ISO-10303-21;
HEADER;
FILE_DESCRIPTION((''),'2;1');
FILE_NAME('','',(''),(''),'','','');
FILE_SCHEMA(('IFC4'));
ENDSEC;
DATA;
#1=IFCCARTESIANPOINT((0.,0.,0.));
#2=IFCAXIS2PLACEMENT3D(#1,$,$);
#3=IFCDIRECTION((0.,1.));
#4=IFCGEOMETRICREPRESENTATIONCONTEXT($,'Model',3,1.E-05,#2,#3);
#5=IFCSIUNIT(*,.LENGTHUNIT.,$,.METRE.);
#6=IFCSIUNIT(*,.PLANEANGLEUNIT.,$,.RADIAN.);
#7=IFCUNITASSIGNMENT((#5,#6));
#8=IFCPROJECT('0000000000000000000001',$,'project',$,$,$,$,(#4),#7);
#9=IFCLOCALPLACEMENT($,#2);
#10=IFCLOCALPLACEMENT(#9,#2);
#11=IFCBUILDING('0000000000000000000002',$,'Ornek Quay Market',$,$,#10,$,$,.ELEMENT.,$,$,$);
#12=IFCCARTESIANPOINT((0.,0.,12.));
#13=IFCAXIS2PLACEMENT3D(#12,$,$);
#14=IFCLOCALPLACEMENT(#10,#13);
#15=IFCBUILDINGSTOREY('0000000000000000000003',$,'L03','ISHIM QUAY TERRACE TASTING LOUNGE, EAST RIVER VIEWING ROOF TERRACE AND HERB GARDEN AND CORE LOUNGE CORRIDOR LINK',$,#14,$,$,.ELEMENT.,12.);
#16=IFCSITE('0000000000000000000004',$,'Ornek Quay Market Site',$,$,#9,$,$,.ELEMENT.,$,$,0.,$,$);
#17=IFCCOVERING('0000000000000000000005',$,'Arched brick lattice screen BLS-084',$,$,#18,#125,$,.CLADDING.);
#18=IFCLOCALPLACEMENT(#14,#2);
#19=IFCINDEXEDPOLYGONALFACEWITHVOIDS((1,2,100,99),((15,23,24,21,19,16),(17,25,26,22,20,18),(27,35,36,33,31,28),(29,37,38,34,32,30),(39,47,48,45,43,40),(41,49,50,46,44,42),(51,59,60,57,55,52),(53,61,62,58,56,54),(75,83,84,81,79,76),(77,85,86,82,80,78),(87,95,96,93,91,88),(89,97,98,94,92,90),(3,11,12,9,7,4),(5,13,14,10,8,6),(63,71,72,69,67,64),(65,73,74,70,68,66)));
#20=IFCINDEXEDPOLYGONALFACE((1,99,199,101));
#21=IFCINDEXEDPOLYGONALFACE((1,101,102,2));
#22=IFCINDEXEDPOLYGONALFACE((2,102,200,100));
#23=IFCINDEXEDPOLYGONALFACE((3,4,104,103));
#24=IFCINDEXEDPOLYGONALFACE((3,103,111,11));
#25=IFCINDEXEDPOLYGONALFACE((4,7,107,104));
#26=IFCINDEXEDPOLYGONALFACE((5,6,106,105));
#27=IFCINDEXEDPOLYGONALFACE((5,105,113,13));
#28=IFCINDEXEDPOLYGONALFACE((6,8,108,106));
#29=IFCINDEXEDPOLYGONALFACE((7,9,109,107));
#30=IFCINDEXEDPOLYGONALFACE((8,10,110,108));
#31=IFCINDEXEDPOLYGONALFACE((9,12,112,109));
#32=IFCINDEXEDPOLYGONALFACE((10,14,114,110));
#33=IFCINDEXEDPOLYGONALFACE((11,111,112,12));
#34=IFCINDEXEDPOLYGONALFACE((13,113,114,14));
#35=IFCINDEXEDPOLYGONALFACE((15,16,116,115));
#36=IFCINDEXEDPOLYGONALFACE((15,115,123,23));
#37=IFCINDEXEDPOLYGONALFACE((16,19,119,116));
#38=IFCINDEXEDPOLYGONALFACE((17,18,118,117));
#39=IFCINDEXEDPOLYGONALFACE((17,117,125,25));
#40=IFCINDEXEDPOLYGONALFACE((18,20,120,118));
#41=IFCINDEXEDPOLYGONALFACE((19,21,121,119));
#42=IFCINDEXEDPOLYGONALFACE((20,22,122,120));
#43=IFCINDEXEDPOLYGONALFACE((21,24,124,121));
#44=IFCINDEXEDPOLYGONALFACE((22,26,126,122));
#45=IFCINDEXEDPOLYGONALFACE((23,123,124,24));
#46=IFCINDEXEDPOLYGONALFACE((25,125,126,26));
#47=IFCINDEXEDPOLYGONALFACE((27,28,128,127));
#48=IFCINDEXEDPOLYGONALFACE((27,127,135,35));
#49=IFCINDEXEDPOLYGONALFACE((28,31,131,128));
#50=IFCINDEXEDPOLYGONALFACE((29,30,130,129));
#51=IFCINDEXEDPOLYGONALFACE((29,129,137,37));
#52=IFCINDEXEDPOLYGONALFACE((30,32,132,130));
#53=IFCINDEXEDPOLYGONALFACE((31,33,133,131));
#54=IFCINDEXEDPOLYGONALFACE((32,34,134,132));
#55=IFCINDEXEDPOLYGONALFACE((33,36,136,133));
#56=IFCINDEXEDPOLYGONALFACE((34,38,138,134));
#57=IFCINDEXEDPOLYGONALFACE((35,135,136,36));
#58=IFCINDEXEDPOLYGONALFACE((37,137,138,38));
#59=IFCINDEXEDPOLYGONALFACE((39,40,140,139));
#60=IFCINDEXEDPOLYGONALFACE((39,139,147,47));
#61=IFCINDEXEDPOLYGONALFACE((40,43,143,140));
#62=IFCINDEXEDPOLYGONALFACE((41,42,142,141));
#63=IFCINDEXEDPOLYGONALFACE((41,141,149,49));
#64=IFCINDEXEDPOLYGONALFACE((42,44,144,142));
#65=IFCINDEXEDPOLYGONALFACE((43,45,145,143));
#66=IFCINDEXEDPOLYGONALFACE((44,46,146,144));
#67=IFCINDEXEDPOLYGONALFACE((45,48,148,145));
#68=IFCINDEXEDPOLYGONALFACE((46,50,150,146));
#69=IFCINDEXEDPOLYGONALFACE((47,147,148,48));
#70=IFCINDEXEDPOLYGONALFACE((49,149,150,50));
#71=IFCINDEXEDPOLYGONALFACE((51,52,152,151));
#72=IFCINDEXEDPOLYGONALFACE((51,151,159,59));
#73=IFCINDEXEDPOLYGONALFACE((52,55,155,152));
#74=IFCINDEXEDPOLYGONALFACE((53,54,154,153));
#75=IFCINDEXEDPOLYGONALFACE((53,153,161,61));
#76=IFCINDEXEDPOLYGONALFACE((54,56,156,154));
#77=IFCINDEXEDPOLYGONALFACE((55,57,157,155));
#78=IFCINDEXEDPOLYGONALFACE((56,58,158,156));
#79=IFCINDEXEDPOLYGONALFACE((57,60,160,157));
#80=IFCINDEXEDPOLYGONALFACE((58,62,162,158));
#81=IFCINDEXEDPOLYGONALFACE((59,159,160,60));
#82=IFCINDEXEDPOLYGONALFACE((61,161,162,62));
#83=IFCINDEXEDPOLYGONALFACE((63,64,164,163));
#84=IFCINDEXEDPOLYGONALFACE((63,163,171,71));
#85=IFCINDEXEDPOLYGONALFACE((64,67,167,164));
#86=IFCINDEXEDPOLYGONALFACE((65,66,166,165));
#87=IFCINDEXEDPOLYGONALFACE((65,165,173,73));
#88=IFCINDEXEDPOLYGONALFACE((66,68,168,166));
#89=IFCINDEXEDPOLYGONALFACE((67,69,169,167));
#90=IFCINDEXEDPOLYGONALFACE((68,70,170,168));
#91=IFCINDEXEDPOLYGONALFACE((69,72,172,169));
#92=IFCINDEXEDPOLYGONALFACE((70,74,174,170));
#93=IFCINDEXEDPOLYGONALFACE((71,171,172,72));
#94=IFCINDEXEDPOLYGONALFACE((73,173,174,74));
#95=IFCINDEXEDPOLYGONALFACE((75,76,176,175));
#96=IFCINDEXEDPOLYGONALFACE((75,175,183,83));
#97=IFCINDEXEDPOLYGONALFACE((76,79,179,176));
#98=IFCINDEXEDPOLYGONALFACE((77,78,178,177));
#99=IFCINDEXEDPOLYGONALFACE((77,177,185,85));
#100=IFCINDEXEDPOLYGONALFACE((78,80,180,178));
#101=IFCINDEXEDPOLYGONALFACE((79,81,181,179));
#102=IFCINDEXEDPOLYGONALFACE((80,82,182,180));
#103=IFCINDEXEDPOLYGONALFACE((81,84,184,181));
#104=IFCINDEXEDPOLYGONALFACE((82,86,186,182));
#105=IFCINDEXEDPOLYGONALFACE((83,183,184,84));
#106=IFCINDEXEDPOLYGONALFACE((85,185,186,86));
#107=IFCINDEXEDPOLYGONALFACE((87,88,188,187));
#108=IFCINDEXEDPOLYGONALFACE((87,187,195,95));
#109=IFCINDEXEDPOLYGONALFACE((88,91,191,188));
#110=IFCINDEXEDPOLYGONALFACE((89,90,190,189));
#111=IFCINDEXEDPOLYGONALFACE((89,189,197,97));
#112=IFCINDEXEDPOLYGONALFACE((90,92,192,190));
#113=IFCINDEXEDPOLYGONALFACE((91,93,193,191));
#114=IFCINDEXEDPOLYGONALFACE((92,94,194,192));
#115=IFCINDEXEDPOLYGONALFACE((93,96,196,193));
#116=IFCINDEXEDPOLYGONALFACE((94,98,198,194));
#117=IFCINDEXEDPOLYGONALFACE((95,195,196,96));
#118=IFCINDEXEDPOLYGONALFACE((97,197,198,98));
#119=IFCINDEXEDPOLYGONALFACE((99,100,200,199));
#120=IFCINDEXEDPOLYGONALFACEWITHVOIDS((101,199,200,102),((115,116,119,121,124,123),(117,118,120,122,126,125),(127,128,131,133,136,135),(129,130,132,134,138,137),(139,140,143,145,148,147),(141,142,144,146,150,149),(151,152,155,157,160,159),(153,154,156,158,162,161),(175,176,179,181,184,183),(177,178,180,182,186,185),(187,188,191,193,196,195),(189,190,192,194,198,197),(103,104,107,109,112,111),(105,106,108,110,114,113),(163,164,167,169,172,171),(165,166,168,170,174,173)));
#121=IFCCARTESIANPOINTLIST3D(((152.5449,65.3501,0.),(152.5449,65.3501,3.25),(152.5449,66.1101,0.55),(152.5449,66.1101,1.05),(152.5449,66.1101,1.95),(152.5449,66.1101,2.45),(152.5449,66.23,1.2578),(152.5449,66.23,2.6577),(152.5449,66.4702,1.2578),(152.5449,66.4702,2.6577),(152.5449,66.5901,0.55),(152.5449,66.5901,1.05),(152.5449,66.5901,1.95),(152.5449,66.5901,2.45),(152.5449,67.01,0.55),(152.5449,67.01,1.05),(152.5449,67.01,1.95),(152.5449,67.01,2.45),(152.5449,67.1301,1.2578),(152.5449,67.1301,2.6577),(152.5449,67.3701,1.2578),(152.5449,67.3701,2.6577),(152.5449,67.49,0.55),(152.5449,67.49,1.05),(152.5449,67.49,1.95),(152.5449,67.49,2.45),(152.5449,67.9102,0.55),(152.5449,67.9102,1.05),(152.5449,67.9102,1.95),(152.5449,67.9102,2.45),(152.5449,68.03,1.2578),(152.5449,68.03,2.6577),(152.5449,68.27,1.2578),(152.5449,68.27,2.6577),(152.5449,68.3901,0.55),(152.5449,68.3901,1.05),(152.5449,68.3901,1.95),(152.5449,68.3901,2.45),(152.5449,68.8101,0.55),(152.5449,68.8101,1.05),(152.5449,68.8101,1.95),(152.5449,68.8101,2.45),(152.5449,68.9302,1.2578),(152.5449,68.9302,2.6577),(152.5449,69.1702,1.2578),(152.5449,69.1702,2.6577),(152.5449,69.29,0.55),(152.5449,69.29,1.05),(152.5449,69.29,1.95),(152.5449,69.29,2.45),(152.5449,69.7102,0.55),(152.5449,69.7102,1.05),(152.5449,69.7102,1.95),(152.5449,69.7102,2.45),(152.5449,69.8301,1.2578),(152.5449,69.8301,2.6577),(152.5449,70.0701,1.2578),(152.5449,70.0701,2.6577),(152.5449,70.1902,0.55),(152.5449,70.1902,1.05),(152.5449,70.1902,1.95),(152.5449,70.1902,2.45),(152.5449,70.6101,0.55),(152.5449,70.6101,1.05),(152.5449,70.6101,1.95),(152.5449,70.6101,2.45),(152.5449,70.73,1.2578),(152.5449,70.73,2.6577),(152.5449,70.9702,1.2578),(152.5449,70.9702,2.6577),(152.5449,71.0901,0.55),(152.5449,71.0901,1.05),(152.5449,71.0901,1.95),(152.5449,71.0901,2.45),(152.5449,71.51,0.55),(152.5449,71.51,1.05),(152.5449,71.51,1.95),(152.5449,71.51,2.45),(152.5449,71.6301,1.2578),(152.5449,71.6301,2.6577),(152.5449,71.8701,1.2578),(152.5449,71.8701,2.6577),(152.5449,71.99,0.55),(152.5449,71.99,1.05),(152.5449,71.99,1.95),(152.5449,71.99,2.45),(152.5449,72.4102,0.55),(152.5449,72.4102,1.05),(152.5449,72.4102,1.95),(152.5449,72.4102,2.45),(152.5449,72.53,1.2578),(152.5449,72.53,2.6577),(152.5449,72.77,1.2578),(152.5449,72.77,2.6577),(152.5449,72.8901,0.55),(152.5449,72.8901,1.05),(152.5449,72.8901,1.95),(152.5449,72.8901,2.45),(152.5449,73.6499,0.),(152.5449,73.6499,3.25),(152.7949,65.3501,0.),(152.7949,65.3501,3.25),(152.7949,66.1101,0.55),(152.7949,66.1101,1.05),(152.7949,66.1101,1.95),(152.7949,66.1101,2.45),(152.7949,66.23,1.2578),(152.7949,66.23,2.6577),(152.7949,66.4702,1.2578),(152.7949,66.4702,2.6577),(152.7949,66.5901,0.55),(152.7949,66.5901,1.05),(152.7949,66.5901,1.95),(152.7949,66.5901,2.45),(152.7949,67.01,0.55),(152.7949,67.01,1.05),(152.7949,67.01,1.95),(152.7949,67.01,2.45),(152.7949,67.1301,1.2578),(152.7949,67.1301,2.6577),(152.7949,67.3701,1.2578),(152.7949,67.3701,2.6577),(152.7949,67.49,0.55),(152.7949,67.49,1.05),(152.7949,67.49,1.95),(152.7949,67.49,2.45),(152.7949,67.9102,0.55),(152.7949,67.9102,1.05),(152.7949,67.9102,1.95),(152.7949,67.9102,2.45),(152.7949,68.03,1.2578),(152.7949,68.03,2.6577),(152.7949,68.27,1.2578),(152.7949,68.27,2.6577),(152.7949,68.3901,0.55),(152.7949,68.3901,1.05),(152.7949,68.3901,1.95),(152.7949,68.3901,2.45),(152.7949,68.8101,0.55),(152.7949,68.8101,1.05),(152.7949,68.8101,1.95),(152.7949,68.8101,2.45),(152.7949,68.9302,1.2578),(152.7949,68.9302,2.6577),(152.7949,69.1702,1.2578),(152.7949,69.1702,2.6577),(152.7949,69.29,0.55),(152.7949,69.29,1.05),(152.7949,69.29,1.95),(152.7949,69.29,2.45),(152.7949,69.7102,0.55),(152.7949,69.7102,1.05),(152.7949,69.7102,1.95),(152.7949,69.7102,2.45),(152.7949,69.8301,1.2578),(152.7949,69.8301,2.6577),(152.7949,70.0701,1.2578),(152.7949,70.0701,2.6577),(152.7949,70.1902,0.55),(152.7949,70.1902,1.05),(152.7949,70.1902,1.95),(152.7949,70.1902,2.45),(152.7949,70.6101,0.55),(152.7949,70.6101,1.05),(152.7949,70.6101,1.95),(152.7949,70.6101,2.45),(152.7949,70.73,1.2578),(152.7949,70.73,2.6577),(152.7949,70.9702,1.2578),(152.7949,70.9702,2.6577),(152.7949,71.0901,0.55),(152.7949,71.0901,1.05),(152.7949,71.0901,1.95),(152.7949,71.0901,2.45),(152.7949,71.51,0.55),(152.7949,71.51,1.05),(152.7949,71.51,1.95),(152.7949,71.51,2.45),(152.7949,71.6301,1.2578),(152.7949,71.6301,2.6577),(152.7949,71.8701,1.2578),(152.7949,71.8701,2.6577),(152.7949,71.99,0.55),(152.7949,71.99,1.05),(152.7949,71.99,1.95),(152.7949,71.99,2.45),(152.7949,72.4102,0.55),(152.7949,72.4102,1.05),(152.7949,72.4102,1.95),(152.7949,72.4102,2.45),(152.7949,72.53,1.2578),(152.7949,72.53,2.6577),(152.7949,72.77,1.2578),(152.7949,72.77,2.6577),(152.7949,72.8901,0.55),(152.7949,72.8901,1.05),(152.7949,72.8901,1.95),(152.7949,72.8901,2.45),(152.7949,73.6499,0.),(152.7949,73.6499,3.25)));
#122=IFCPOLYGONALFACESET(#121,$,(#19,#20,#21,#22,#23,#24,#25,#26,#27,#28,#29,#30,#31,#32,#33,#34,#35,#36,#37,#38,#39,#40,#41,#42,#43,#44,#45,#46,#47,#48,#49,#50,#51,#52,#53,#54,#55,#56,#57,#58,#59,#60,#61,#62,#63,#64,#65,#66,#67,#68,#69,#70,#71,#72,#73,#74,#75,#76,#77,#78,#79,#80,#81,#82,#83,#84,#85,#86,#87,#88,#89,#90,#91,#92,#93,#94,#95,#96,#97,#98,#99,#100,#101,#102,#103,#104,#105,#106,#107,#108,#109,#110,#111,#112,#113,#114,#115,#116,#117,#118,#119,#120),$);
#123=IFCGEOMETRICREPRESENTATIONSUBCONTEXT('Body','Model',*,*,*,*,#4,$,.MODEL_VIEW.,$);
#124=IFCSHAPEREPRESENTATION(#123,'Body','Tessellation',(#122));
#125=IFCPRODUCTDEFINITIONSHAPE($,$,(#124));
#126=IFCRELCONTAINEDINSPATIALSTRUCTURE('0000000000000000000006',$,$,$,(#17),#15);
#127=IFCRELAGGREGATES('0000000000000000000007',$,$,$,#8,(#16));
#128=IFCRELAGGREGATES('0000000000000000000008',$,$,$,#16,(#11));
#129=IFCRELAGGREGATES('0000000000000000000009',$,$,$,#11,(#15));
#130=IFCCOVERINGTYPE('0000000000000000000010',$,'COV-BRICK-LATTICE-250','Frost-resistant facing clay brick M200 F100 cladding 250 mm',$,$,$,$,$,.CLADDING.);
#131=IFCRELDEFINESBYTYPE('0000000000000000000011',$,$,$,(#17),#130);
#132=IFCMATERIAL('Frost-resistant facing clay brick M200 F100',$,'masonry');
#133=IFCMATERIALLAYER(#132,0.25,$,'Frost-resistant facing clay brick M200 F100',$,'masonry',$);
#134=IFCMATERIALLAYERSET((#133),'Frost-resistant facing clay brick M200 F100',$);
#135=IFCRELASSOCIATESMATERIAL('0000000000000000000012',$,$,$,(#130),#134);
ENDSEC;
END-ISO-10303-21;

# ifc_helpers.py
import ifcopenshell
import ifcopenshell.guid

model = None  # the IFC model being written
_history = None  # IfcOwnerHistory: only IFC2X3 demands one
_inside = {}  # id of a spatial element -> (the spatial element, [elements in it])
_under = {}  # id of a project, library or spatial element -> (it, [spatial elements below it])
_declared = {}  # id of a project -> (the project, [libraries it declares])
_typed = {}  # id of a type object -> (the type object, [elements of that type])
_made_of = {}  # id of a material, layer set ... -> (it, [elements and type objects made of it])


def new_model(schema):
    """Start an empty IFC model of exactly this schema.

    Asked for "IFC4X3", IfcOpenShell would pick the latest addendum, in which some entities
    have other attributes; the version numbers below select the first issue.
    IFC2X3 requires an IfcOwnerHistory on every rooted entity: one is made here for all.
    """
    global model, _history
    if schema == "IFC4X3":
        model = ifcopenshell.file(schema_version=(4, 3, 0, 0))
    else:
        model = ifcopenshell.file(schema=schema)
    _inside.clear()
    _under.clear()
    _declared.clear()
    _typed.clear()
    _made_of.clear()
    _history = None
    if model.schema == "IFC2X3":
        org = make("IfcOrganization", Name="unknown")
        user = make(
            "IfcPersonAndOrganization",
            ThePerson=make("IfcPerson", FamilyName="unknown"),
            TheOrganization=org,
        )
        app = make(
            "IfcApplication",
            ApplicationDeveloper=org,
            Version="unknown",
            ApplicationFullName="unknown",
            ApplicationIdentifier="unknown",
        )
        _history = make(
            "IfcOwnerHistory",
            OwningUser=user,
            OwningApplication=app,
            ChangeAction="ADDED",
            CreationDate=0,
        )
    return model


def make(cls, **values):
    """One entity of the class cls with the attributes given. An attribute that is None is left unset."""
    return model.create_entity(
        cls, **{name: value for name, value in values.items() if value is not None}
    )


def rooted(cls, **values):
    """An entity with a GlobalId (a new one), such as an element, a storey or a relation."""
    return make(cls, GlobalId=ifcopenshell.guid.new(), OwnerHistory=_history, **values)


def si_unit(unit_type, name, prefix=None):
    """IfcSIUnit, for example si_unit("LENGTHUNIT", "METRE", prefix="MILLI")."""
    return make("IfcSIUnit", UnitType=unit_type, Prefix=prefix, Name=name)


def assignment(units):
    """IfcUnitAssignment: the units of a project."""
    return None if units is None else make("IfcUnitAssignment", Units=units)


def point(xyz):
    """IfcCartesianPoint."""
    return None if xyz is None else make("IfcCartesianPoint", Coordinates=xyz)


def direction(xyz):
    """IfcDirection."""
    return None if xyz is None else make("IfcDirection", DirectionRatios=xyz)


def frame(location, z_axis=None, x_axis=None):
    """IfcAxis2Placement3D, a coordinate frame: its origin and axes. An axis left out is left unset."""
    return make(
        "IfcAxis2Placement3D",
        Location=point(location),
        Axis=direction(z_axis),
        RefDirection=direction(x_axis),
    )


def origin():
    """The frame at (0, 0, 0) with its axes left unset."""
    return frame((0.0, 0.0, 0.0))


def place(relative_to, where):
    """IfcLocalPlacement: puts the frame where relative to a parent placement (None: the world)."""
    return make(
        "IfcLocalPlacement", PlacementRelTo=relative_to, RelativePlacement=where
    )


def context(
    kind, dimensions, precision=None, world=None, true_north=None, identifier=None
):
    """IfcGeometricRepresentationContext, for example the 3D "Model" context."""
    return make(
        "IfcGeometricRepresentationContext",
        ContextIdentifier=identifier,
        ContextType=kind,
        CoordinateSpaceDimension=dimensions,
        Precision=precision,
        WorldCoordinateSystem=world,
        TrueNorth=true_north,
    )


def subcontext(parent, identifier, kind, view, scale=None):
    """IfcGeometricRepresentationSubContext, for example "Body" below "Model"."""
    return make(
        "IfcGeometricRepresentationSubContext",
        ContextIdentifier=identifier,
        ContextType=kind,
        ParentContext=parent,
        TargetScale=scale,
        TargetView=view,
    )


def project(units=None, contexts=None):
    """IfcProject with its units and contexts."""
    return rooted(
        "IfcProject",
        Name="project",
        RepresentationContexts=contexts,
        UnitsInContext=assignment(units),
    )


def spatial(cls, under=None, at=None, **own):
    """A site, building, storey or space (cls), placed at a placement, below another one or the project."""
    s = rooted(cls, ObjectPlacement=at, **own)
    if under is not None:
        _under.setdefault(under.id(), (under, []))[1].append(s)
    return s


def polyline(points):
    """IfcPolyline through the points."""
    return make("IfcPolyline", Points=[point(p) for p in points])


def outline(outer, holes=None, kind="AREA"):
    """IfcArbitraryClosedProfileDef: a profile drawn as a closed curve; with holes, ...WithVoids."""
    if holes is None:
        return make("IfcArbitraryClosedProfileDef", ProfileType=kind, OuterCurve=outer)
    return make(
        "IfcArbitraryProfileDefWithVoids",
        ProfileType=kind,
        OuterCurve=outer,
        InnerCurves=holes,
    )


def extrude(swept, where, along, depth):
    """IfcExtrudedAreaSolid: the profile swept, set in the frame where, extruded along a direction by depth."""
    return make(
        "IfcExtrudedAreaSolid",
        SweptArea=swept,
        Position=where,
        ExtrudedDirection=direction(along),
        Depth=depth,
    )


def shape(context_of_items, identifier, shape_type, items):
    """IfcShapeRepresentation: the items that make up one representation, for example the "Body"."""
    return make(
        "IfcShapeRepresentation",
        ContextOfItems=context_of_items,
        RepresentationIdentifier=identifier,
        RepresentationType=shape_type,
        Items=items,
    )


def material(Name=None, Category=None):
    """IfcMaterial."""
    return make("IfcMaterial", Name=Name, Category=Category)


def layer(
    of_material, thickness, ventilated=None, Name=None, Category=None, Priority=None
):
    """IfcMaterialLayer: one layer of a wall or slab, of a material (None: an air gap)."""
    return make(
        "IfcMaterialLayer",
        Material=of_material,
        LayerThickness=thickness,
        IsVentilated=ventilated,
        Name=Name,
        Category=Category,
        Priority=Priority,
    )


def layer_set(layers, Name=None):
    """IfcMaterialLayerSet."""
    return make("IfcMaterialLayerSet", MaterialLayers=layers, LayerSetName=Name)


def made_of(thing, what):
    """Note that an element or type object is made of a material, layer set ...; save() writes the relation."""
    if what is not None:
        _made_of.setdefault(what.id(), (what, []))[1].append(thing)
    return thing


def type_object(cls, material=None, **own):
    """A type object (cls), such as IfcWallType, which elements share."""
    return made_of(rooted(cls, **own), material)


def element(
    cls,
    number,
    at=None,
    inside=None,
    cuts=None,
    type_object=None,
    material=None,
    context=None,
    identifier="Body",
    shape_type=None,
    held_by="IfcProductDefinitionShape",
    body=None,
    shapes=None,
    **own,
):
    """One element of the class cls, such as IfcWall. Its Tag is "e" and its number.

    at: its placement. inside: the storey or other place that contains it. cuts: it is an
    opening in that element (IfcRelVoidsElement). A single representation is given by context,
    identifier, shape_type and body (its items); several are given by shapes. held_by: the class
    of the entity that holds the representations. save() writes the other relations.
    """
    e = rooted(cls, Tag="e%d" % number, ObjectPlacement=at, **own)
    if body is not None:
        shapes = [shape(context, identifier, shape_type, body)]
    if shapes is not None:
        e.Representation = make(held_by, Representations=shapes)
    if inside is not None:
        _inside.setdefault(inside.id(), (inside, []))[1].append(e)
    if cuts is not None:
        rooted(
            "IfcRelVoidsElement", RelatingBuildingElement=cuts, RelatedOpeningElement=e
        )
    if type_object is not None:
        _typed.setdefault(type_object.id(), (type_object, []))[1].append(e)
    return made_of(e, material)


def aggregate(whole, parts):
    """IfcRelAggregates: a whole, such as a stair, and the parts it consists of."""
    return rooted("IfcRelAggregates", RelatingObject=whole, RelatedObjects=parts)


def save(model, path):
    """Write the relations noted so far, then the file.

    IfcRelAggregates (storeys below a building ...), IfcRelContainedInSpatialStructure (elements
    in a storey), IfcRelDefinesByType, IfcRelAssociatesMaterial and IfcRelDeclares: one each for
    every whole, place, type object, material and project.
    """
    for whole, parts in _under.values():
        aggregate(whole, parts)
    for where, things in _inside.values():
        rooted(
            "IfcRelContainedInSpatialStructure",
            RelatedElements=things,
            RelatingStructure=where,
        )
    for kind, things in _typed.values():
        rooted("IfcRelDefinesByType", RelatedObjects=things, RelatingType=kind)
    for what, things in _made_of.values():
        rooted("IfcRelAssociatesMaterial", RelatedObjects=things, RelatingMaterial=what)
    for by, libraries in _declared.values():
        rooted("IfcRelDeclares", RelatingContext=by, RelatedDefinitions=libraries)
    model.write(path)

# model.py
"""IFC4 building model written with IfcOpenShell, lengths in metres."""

from ifc_helpers import new_model, si_unit, direction, frame, origin, place, context, subcontext, project, spatial, polyline, outline, extrude, material, layer, layer_set, type_object, element, save


model = new_model("IFC4")

# Units and contexts
model_context = context("Model", 3, precision=1e-05, world=origin(), true_north=direction((0.0, 1.0)))
body_context = subcontext(model_context, "Body", "Model", "MODEL_VIEW")
ifc_project = project(units=[si_unit("LENGTHUNIT", "METRE"), si_unit("PLANEANGLEUNIT", "RADIAN")], contexts=[model_context])

# Site, building, storey
site_placement = place(None, origin())
site = spatial("IfcSite", under=ifc_project, at=site_placement, Name="Ornek Quay Market Site", CompositionType="ELEMENT", RefElevation=0.0)
building_placement = place(site_placement, origin())
building = spatial("IfcBuilding", under=site, at=building_placement, Name="Ornek Quay Market", CompositionType="ELEMENT")
storey_placement = place(building_placement, frame((0.0, 0.0, 12.0)))
storey = spatial("IfcBuildingStorey", under=building, at=storey_placement, Name="L03", Description="ISHIM QUAY TERRACE TASTING LOUNGE, EAST RIVER VIEWING ROOF TERRACE AND HERB GARDEN AND CORE LOUNGE CORRIDOR LINK", CompositionType="ELEMENT", Elevation=12.0)

# Shared definitions
ifc_material_1 = material(Name="Frost-resistant facing clay brick M200 F100", Category="masonry")

# Covering
ifc_layer_1 = layer(ifc_material_1, 0.25, Name="Frost-resistant facing clay brick M200 F100", Category="masonry")
ifc_layer_set_1 = layer_set([ifc_layer_1], Name="Frost-resistant facing clay brick M200 F100")
covering_type = type_object("IfcCoveringType", Name="COV-BRICK-LATTICE-250", Description="Frost-resistant facing clay brick M200 F100 cladding 250 mm", PredefinedType="CLADDING", material=ifc_layer_set_1)
covering_1_placement = place(storey_placement, frame((152.6699, 65.3501, 0.0), z_axis=(0.0, 0.0, 1.0), x_axis=(0.0, 1.0, 0.0)))
element("IfcCovering", 1, at=covering_1_placement, inside=storey, type_object=covering_type, Name="Arched brick lattice screen BLS-084", PredefinedType="CLADDING", context=body_context, shape_type="SweptSolid", body=[
    extrude(outline(polyline([(0.0, 0.0), (8.2998, 0.0), (8.2998, 3.25), (0.0, 3.25), (0.0, 0.0)]), holes=[polyline([(0.76, 0.55), (1.24, 0.55), (1.24, 1.05), (1.1201, 1.2578), (0.8799, 1.2578), (0.76, 1.05), (0.76, 0.55)]), polyline([(0.76, 1.95), (1.24, 1.95), (1.24, 2.45), (1.1201, 2.6577), (0.8799, 2.6577), (0.76, 2.45), (0.76, 1.95)]), polyline([(1.6599, 0.55), (2.1399, 0.55), (2.1399, 1.05), (2.02, 1.2578), (1.78, 1.2578), (1.6599, 1.05), (1.6599, 0.55)]), polyline([(1.6599, 1.95), (2.1399, 1.95), (2.1399, 2.45), (2.02, 2.6577), (1.78, 2.6577), (1.6599, 2.45), (1.6599, 1.95)]), polyline([(2.5601, 0.55), (3.04, 0.55), (3.04, 1.05), (2.9199, 1.2578), (2.6799, 1.2578), (2.5601, 1.05), (2.5601, 0.55)]), polyline([(2.5601, 1.95), (3.04, 1.95), (3.04, 2.45), (2.9199, 2.6577), (2.6799, 2.6577), (2.5601, 2.45), (2.5601, 1.95)]), polyline([(3.46, 0.55), (3.9399, 0.55), (3.9399, 1.05), (3.8201, 1.2578), (3.5801, 1.2578), (3.46, 1.05), (3.46, 0.55)]), polyline([(3.46, 1.95), (3.9399, 1.95), (3.9399, 2.45), (3.8201, 2.6577), (3.5801, 2.6577), (3.46, 2.45), (3.46, 1.95)]), polyline([(4.3601, 0.55), (4.8401, 0.55), (4.8401, 1.05), (4.72, 1.2578), (4.48, 1.2578), (4.3601, 1.05), (4.3601, 0.55)]), polyline([(4.3601, 1.95), (4.8401, 1.95), (4.8401, 2.45), (4.72, 2.6577), (4.48, 2.6577), (4.3601, 2.45), (4.3601, 1.95)]), polyline([(5.26, 0.55), (5.74, 0.55), (5.74, 1.05), (5.6201, 1.2578), (5.3799, 1.2578), (5.26, 1.05), (5.26, 0.55)]), polyline([(5.26, 1.95), (5.74, 1.95), (5.74, 2.45), (5.6201, 2.6577), (5.3799, 2.6577), (5.26, 2.45), (5.26, 1.95)]), polyline([(6.1599, 0.55), (6.6399, 0.55), (6.6399, 1.05), (6.52, 1.2578), (6.28, 1.2578), (6.1599, 1.05), (6.1599, 0.55)]), polyline([(6.1599, 1.95), (6.6399, 1.95), (6.6399, 2.45), (6.52, 2.6577), (6.28, 2.6577), (6.1599, 2.45), (6.1599, 1.95)]), polyline([(7.0601, 0.55), (7.54, 0.55), (7.54, 1.05), (7.4199, 1.2578), (7.1799, 1.2578), (7.0601, 1.05), (7.0601, 0.55)]), polyline([(7.0601, 1.95), (7.54, 1.95), (7.54, 2.45), (7.4199, 2.6577), (7.1799, 2.6577), (7.0601, 2.45), (7.0601, 1.95)])]), frame((0.0, 0.125, 0.0), z_axis=(0.0, -1.0, 0.0), x_axis=(1.0, 0.0, 0.0)), (0.0, 0.0, 1.0), 0.25),
])

save(model, "model.ifc")
